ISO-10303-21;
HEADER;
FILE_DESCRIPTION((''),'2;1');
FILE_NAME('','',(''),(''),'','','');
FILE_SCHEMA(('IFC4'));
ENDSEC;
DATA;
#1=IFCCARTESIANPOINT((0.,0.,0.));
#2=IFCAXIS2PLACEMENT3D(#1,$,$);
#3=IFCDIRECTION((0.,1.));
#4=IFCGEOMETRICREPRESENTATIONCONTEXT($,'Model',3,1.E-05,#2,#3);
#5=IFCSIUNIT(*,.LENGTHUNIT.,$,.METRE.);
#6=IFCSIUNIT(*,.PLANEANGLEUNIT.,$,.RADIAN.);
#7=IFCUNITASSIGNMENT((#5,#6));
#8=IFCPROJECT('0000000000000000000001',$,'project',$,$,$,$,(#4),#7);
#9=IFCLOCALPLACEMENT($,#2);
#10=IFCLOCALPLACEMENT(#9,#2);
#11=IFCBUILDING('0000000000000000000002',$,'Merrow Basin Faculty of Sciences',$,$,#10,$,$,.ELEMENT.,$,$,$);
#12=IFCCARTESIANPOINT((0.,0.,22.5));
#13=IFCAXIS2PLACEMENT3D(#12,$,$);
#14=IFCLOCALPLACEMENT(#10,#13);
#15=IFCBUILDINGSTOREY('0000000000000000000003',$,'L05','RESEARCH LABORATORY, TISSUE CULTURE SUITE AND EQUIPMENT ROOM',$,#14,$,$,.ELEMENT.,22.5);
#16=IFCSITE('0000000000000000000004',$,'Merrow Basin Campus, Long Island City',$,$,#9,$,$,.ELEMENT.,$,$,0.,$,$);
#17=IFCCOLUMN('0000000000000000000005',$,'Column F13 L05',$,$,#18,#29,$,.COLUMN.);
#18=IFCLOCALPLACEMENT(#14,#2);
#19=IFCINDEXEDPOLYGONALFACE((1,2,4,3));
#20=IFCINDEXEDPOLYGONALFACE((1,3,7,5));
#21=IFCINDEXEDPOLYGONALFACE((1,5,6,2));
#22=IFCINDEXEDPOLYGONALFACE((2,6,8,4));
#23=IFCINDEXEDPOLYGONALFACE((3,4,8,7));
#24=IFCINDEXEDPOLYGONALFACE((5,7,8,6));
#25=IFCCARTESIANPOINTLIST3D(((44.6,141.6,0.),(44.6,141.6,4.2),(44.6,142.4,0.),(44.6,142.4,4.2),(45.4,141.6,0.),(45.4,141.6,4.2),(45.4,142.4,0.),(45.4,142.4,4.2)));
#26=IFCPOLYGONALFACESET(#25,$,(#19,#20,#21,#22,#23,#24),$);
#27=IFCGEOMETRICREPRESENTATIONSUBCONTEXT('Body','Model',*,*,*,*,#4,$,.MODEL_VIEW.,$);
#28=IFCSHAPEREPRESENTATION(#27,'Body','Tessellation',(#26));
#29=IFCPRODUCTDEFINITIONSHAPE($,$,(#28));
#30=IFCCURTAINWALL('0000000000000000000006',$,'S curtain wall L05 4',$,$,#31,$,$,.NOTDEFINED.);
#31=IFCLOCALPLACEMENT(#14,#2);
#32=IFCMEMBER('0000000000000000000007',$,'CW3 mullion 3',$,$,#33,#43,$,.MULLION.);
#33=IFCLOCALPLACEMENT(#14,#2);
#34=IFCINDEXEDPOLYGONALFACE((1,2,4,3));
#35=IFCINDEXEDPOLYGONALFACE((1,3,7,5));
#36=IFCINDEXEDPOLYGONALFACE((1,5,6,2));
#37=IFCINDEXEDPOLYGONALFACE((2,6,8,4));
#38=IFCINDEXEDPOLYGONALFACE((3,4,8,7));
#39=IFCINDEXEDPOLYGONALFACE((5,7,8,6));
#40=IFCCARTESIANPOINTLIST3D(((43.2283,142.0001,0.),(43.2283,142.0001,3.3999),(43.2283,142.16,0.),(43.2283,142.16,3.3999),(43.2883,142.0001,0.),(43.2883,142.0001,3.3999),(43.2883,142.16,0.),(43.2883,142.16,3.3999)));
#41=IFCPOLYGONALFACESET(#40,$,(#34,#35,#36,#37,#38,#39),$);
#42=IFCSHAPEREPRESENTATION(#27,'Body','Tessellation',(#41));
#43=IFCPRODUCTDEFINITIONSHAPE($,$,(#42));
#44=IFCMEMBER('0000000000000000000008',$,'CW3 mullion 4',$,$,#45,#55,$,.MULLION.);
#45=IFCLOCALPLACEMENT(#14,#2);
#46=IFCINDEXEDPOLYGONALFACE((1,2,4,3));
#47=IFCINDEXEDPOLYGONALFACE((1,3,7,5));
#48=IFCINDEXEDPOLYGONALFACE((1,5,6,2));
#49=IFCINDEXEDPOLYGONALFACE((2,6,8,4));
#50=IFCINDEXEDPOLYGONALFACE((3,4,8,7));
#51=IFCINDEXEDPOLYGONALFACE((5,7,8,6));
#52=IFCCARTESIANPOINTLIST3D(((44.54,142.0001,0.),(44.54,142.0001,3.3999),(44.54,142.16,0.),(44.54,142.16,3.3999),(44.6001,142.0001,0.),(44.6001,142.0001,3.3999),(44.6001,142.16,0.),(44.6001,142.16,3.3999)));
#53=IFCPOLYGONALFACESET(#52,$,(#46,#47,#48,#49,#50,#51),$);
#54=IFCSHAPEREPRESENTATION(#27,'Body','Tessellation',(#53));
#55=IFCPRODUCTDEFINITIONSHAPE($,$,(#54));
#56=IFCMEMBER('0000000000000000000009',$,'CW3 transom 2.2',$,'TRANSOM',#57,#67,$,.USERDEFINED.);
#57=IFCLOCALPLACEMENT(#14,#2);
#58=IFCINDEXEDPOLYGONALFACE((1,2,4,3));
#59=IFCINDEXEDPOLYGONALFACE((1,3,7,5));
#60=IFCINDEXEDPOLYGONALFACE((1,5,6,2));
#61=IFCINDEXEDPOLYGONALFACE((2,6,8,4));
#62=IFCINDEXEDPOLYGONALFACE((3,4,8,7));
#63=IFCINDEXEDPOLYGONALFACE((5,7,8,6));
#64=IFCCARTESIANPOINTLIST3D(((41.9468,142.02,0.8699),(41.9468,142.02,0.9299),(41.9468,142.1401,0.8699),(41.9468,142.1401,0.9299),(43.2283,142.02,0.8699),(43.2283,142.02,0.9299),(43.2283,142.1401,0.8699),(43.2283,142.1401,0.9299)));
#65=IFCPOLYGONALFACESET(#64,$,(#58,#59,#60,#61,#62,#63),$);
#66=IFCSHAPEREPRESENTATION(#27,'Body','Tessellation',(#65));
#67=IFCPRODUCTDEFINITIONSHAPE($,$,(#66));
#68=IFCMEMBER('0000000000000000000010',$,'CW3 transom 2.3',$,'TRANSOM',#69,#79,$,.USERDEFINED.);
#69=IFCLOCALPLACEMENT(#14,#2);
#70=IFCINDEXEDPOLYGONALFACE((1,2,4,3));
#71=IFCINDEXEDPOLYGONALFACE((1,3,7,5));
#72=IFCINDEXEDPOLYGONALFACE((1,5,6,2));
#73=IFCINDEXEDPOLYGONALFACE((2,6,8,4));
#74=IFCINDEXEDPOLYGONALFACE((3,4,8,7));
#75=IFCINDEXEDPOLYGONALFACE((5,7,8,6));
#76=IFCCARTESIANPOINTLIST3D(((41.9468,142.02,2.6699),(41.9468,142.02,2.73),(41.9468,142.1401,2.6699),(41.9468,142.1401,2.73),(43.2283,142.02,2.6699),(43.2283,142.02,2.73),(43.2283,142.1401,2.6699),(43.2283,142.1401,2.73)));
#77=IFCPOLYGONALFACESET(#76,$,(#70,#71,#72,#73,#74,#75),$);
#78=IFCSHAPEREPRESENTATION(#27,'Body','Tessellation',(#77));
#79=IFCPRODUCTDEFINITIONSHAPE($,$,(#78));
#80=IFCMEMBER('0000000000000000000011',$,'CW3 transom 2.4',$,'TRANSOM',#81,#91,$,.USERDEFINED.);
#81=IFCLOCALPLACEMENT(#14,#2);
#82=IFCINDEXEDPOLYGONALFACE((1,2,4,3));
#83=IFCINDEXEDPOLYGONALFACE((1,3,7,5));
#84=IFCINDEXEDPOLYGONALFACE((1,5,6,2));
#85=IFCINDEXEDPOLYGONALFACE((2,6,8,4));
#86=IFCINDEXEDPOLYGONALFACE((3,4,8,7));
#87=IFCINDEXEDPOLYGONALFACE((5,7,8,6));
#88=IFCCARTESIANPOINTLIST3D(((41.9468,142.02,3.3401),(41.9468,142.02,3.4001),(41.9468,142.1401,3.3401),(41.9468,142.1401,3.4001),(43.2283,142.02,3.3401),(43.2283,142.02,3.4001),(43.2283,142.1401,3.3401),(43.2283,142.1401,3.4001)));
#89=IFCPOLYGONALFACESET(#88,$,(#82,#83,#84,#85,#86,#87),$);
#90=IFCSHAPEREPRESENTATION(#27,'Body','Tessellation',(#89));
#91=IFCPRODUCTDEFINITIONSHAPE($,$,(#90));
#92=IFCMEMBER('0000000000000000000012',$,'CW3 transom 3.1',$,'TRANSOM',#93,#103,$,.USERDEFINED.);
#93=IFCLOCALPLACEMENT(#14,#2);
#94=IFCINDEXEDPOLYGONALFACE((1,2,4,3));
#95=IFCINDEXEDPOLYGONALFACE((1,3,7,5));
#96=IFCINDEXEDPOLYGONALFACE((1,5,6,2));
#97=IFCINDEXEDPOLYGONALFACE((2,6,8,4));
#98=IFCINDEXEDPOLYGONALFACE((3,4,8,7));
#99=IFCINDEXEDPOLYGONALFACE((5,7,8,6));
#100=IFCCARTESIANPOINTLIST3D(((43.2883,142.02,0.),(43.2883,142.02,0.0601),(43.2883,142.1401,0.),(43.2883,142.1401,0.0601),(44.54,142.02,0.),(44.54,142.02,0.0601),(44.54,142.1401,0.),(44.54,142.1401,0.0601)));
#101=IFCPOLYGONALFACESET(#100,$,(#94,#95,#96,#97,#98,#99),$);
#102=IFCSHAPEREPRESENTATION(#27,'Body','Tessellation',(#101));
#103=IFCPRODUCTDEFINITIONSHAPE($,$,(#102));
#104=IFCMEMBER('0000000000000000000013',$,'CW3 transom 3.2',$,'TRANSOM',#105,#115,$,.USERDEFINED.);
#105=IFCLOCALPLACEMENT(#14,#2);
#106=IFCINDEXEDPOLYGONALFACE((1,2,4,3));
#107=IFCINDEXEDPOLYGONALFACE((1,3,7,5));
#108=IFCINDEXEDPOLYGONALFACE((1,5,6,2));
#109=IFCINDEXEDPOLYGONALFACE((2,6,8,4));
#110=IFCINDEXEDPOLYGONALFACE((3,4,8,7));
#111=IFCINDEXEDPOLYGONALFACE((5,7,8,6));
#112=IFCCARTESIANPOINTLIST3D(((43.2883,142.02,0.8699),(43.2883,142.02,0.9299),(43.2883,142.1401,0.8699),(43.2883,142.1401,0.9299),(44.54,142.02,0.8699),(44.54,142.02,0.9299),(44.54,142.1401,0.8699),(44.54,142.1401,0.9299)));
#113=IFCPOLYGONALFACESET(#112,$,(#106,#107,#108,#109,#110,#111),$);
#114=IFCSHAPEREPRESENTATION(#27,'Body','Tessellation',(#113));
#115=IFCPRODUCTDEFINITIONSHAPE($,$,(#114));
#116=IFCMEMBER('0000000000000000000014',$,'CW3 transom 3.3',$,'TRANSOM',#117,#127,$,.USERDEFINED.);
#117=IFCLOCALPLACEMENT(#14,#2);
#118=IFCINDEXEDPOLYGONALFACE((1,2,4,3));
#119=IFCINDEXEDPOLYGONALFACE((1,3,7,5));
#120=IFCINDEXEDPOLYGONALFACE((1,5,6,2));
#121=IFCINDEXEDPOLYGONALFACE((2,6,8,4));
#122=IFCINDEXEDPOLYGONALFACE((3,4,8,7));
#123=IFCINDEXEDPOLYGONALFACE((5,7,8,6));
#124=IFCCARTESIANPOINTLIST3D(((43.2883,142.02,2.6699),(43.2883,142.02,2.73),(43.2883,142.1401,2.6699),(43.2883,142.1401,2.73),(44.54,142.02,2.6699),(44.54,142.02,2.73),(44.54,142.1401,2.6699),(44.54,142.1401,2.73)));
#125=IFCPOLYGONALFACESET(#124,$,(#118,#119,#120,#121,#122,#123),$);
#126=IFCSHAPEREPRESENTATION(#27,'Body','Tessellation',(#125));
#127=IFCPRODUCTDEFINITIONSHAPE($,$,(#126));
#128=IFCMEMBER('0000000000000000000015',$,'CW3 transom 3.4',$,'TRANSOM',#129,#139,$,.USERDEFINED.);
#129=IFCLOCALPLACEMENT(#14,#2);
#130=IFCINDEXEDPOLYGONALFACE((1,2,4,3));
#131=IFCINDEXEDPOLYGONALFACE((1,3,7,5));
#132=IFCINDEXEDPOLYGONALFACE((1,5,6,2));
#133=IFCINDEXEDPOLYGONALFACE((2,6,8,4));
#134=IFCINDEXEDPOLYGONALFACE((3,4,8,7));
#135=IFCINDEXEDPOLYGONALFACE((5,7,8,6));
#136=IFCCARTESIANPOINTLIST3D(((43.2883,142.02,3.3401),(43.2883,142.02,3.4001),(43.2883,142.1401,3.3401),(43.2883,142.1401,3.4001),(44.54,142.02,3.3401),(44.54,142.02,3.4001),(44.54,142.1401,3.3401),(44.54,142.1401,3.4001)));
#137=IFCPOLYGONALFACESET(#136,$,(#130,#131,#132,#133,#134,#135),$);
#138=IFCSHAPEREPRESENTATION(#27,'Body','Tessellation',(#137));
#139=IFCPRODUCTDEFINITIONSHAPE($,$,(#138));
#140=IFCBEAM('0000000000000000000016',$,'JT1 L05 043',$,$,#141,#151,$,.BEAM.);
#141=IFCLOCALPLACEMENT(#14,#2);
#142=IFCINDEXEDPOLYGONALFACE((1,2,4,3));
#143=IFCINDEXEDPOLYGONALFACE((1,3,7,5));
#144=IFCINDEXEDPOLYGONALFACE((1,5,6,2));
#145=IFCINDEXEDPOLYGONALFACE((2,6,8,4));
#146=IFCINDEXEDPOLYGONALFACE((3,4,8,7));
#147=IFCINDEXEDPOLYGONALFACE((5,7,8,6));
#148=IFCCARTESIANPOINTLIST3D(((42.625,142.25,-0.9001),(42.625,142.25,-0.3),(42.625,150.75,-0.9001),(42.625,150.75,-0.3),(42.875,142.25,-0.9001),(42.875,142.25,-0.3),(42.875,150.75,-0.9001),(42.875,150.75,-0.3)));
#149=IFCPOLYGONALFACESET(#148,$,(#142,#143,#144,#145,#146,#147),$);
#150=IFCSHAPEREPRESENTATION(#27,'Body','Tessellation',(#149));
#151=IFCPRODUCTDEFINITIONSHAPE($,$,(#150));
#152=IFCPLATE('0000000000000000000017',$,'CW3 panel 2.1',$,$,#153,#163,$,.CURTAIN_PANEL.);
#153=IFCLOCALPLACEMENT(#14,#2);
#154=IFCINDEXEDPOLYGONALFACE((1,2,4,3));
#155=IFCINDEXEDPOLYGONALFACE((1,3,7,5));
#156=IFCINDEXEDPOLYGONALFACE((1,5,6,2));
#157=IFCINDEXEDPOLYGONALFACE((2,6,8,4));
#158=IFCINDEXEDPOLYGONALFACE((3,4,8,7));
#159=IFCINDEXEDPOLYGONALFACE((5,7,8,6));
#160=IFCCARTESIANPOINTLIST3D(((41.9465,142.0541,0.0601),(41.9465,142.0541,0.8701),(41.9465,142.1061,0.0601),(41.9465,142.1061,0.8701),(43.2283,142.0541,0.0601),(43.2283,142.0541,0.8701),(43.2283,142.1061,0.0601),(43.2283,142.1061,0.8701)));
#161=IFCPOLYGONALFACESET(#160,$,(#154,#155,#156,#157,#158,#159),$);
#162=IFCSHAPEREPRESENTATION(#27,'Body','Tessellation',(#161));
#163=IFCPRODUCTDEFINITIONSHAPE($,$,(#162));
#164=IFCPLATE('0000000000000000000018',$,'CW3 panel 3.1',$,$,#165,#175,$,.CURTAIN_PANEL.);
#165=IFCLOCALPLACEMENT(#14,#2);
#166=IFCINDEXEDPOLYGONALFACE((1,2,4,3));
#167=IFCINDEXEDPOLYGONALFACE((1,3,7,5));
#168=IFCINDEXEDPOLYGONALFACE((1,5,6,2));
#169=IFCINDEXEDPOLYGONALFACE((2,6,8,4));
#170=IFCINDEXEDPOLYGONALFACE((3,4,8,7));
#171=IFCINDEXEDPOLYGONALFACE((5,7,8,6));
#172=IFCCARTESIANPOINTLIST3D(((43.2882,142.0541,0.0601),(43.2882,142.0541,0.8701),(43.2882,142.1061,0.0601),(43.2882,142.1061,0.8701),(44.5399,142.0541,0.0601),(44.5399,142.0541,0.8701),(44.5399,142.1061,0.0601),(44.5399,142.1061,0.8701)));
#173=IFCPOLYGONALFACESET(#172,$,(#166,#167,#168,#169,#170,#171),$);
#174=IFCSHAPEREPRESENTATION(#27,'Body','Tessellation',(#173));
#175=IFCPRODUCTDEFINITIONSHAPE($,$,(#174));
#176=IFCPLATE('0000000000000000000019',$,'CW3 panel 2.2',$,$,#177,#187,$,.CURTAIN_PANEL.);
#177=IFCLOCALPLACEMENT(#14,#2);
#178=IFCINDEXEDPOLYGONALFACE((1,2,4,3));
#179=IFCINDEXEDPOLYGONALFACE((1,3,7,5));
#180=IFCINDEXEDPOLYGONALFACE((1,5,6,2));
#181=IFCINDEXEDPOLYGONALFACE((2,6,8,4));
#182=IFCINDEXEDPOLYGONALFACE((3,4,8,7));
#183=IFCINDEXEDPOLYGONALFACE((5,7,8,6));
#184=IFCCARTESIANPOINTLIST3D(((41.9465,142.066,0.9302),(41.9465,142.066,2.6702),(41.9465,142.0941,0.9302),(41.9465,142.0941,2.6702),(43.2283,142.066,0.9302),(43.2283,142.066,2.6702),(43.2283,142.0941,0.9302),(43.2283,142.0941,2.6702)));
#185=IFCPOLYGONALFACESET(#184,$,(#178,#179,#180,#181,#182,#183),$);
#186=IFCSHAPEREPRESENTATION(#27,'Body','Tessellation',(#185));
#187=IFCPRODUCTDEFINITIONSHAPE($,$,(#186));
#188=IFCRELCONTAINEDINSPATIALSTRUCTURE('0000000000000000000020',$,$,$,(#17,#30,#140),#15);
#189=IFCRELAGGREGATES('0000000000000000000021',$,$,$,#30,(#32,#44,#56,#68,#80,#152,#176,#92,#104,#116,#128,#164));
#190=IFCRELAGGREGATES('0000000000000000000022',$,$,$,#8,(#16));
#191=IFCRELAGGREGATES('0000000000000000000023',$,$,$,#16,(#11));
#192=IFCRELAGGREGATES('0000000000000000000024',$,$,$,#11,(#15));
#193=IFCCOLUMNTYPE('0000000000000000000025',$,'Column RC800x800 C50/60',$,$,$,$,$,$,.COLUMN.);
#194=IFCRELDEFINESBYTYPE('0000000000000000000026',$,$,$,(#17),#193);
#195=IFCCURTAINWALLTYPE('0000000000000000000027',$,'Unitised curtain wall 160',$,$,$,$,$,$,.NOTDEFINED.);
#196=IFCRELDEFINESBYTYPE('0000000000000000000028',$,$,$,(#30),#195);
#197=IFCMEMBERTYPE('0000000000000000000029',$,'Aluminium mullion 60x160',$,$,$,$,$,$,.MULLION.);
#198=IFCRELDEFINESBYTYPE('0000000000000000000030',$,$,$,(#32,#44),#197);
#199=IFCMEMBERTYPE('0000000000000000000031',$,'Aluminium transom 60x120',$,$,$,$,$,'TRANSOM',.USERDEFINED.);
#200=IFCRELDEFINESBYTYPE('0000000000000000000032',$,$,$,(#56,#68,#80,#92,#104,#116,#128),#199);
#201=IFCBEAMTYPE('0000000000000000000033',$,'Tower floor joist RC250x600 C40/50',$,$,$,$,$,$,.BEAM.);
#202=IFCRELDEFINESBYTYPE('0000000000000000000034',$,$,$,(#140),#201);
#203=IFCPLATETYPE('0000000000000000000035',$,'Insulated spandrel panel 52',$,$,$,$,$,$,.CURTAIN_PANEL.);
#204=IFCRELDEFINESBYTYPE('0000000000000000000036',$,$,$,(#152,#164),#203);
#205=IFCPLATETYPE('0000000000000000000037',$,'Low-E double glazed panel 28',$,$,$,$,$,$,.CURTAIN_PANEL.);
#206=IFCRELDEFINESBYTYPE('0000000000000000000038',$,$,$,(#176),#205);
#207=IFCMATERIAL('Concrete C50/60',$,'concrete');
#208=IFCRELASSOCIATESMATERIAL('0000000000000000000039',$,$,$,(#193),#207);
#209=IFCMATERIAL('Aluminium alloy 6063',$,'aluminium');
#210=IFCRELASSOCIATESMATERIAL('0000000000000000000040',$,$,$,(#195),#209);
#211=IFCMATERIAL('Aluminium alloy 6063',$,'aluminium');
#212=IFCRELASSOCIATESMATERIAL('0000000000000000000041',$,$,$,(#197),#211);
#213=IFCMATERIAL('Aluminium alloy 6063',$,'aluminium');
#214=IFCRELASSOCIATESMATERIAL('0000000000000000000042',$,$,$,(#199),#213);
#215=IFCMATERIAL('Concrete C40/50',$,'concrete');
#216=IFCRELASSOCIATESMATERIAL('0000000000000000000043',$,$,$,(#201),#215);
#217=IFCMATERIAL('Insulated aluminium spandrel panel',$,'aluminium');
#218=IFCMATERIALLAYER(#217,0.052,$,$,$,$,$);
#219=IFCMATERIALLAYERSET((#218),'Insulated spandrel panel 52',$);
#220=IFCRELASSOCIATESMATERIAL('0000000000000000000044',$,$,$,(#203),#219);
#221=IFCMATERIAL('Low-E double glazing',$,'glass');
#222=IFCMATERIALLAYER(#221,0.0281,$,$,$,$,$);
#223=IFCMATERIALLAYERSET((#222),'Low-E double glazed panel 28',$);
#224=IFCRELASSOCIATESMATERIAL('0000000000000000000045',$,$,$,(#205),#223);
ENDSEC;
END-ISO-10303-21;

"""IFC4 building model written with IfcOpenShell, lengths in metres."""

from ifc_helpers import new_model, si_unit, direction, frame, origin, origin_2d, place, context, subcontext, project, spatial, rectangle, extrude, material, layer, layer_set, material_profile, profile_set, type_object, element, aggregate, save


model = new_model("IFC4")

# Units and contexts
model_context = context("Model", 3, precision=1e-05, world=origin(), true_north=direction((0.0, 1.0)))
body_context = subcontext(model_context, "Body", "Model", "MODEL_VIEW")
ifc_project = project(units=[si_unit("LENGTHUNIT", "METRE"), si_unit("PLANEANGLEUNIT", "RADIAN")], contexts=[model_context])

# Site, building, storey
site_placement = place(None, origin())
site = spatial("IfcSite", under=ifc_project, at=site_placement, Name="Merrow Basin Campus, Long Island City", CompositionType="ELEMENT", RefElevation=0.0)
building_placement = place(site_placement, origin())
building = spatial("IfcBuilding", under=site, at=building_placement, Name="Merrow Basin Faculty of Sciences", CompositionType="ELEMENT")
storey_placement = place(building_placement, frame((0.0, 0.0, 22.5)))
storey = spatial("IfcBuildingStorey", under=building, at=storey_placement, Name="L05", Description="RESEARCH LABORATORY, TISSUE CULTURE SUITE AND EQUIPMENT ROOM", CompositionType="ELEMENT", Elevation=22.5)

# Column
ifc_material_1 = material(Name="Concrete C50/60", Category="concrete")
ifc_material_profile_1 = material_profile(ifc_material_1, rectangle(XDim=0.8, YDim=0.8, at=origin_2d()))
ifc_profile_set_1 = profile_set([ifc_material_profile_1], Name="Concrete C50/60")
column_type = type_object("IfcColumnType", Name="Column RC800x800 C50/60", PredefinedType="COLUMN", material=ifc_profile_set_1)
column_placement = place(storey_placement, frame((45.0, 142.0, 0.0), z_axis=(0.0, 0.0, 1.0), x_axis=(1.0, 0.0, 0.0)))
element("IfcColumn", 1, at=column_placement, inside=storey, type_object=column_type, Name="Column F13 L05", PredefinedType="COLUMN", context=body_context, shape_type="SweptSolid", body=[
    extrude(rectangle(XDim=0.8, YDim=0.8, at=origin_2d()), origin(), (0.0, 0.0, 1.0), 4.2),
])

# Curtain wall, members
ifc_material_2 = material(Name="Aluminium alloy 6063", Category="aluminium")
curtain_wall_type = type_object("IfcCurtainWallType", Name="Unitised curtain wall 160", PredefinedType="NOTDEFINED", material=ifc_material_2)
curtain_wall_placement = place(storey_placement, origin())
curtain_wall = element("IfcCurtainWall", 2, at=curtain_wall_placement, inside=storey, type_object=curtain_wall_type, Name="S curtain wall L05 4", PredefinedType="NOTDEFINED")
ifc_material_3 = material(Name="Aluminium alloy 6063", Category="aluminium")
ifc_material_profile_2 = material_profile(ifc_material_3, rectangle(XDim=0.1599, YDim=0.0601, at=origin_2d()))
ifc_profile_set_2 = profile_set([ifc_material_profile_2], Name="Aluminium alloy 6063")
member_type_1 = type_object("IfcMemberType", Name="Aluminium mullion 60x160", PredefinedType="MULLION", material=ifc_profile_set_2)
member_1_placement = place(storey_placement, frame((43.2583, 142.0801, 0.0), z_axis=(0.0, 0.0, 1.0), x_axis=(0.0, 1.0, 0.0)))
member_1 = element("IfcMember", 3, at=member_1_placement, type_object=member_type_1, Name="CW3 mullion 3", PredefinedType="MULLION", context=body_context, shape_type="SweptSolid", body=[
    extrude(rectangle(XDim=0.1599, YDim=0.0601, at=origin_2d()), origin(), (0.0, 0.0, 1.0), 3.3999),
])
member_2_placement = place(storey_placement, frame((44.5701, 142.0801, 0.0), z_axis=(0.0, 0.0, 1.0), x_axis=(0.0, 1.0, 0.0)))
member_2 = element("IfcMember", 4, at=member_2_placement, type_object=member_type_1, Name="CW3 mullion 4", PredefinedType="MULLION", context=body_context, shape_type="SweptSolid", body=[
    extrude(rectangle(XDim=0.1599, YDim=0.0601, at=origin_2d()), origin(), (0.0, 0.0, 1.0), 3.3999),
])
ifc_material_4 = material(Name="Aluminium alloy 6063", Category="aluminium")
ifc_material_profile_3 = material_profile(ifc_material_4, rectangle(XDim=0.1201, YDim=0.0601, at=origin_2d()))
ifc_profile_set_3 = profile_set([ifc_material_profile_3], Name="Aluminium alloy 6063")
member_type_2 = type_object("IfcMemberType", Name="Aluminium transom 60x120", ElementType="TRANSOM", PredefinedType="USERDEFINED", material=ifc_profile_set_3)
member_3_placement = place(storey_placement, frame((41.9468, 142.0801, 0.8999), z_axis=(1.0, 0.0, 0.0), x_axis=(0.0, 1.0, 0.0)))
member_3 = element("IfcMember", 5, at=member_3_placement, type_object=member_type_2, Name="CW3 transom 2.2", ObjectType="TRANSOM", PredefinedType="USERDEFINED", context=body_context, shape_type="SweptSolid", body=[
    extrude(rectangle(XDim=0.1201, YDim=0.0601, at=origin_2d()), origin(), (0.0, 0.0, 1.0), 1.2815),
])
member_4_placement = place(storey_placement, frame((41.9468, 142.0801, 2.7), z_axis=(1.0, 0.0, 0.0), x_axis=(0.0, 1.0, 0.0)))
member_4 = element("IfcMember", 6, at=member_4_placement, type_object=member_type_2, Name="CW3 transom 2.3", ObjectType="TRANSOM", PredefinedType="USERDEFINED", context=body_context, shape_type="SweptSolid", body=[
    extrude(rectangle(XDim=0.1201, YDim=0.0601, at=origin_2d()), origin(), (0.0, 0.0, 1.0), 1.2815),
])
member_5_placement = place(storey_placement, frame((41.9468, 142.0801, 3.3701), z_axis=(1.0, 0.0, 0.0), x_axis=(0.0, 1.0, 0.0)))
member_5 = element("IfcMember", 7, at=member_5_placement, type_object=member_type_2, Name="CW3 transom 2.4", ObjectType="TRANSOM", PredefinedType="USERDEFINED", context=body_context, shape_type="SweptSolid", body=[
    extrude(rectangle(XDim=0.1201, YDim=0.0601, at=origin_2d()), origin(), (0.0, 0.0, 1.0), 1.2815),
])
member_6_placement = place(storey_placement, frame((43.2883, 142.0801, 0.03), z_axis=(1.0, 0.0, 0.0), x_axis=(0.0, 1.0, 0.0)))
member_6 = element("IfcMember", 8, at=member_6_placement, type_object=member_type_2, Name="CW3 transom 3.1", ObjectType="TRANSOM", PredefinedType="USERDEFINED", context=body_context, shape_type="SweptSolid", body=[
    extrude(rectangle(XDim=0.1201, YDim=0.0601, at=origin_2d()), origin(), (0.0, 0.0, 1.0), 1.2517),
])
member_7_placement = place(storey_placement, frame((43.2883, 142.0801, 0.8999), z_axis=(1.0, 0.0, 0.0), x_axis=(0.0, 1.0, 0.0)))
member_7 = element("IfcMember", 9, at=member_7_placement, type_object=member_type_2, Name="CW3 transom 3.2", ObjectType="TRANSOM", PredefinedType="USERDEFINED", context=body_context, shape_type="SweptSolid", body=[
    extrude(rectangle(XDim=0.1201, YDim=0.0601, at=origin_2d()), origin(), (0.0, 0.0, 1.0), 1.2517),
])
member_8_placement = place(storey_placement, frame((43.2883, 142.0801, 2.7), z_axis=(1.0, 0.0, 0.0), x_axis=(0.0, 1.0, 0.0)))
member_8 = element("IfcMember", 10, at=member_8_placement, type_object=member_type_2, Name="CW3 transom 3.3", ObjectType="TRANSOM", PredefinedType="USERDEFINED", context=body_context, shape_type="SweptSolid", body=[
    extrude(rectangle(XDim=0.1201, YDim=0.0601, at=origin_2d()), origin(), (0.0, 0.0, 1.0), 1.2517),
])
member_9_placement = place(storey_placement, frame((43.2883, 142.0801, 3.3701), z_axis=(1.0, 0.0, 0.0), x_axis=(0.0, 1.0, 0.0)))
member_9 = element("IfcMember", 11, at=member_9_placement, type_object=member_type_2, Name="CW3 transom 3.4", ObjectType="TRANSOM", PredefinedType="USERDEFINED", context=body_context, shape_type="SweptSolid", body=[
    extrude(rectangle(XDim=0.1201, YDim=0.0601, at=origin_2d()), origin(), (0.0, 0.0, 1.0), 1.2517),
])

# Beam
ifc_material_5 = material(Name="Concrete C40/50", Category="concrete")
ifc_material_profile_4 = material_profile(ifc_material_5, rectangle(XDim=0.25, YDim=0.6001, at=origin_2d()))
ifc_profile_set_4 = profile_set([ifc_material_profile_4], Name="Concrete C40/50")
beam_type = type_object("IfcBeamType", Name="Tower floor joist RC250x600 C40/50", PredefinedType="BEAM", material=ifc_profile_set_4)
beam_placement = place(storey_placement, frame((42.75, 142.25, -0.6001), z_axis=(0.0, 1.0, 0.0), x_axis=(-1.0, 0.0, 0.0)))
element("IfcBeam", 12, at=beam_placement, inside=storey, type_object=beam_type, Name="JT1 L05 043", PredefinedType="BEAM", context=body_context, shape_type="SweptSolid", body=[
    extrude(rectangle(XDim=0.25, YDim=0.6001, at=origin_2d()), origin(), (0.0, 0.0, 1.0), 8.5),
])

# Plates
ifc_material_6 = material(Name="Insulated aluminium spandrel panel", Category="aluminium")
ifc_layer_1 = layer(ifc_material_6, 0.052)
ifc_layer_set_1 = layer_set([ifc_layer_1], Name="Insulated spandrel panel 52")
plate_type_1 = type_object("IfcPlateType", Name="Insulated spandrel panel 52", PredefinedType="CURTAIN_PANEL", material=ifc_layer_set_1)
plate_1_placement = place(storey_placement, frame((42.5874, 142.0801, 0.0601), z_axis=(0.0, 0.0, 1.0), x_axis=(1.0, 0.0, 0.0)))
plate_1 = element("IfcPlate", 13, at=plate_1_placement, type_object=plate_type_1, Name="CW3 panel 2.1", PredefinedType="CURTAIN_PANEL", context=body_context, shape_type="SweptSolid", body=[
    extrude(rectangle(XDim=1.2817, YDim=0.052, at=origin_2d()), origin(), (0.0, 0.0, 1.0), 0.8101),
])
plate_2_placement = place(storey_placement, frame((43.9141, 142.0801, 0.0601), z_axis=(0.0, 0.0, 1.0), x_axis=(1.0, 0.0, 0.0)))
plate_2 = element("IfcPlate", 14, at=plate_2_placement, type_object=plate_type_1, Name="CW3 panel 3.1", PredefinedType="CURTAIN_PANEL", context=body_context, shape_type="SweptSolid", body=[
    extrude(rectangle(XDim=1.2517, YDim=0.052, at=origin_2d()), origin(), (0.0, 0.0, 1.0), 0.8101),
])
ifc_material_7 = material(Name="Low-E double glazing", Category="glass")
ifc_layer_2 = layer(ifc_material_7, 0.0281)
ifc_layer_set_2 = layer_set([ifc_layer_2], Name="Low-E double glazed panel 28")
plate_type_2 = type_object("IfcPlateType", Name="Low-E double glazed panel 28", PredefinedType="CURTAIN_PANEL", material=ifc_layer_set_2)
plate_3_placement = place(storey_placement, frame((42.5874, 142.0801, 0.9302), z_axis=(0.0, 0.0, 1.0), x_axis=(1.0, 0.0, 0.0)))
plate_3 = element("IfcPlate", 15, at=plate_3_placement, type_object=plate_type_2, Name="CW3 panel 2.2", PredefinedType="CURTAIN_PANEL", context=body_context, shape_type="SweptSolid", body=[
    extrude(rectangle(XDim=1.2817, YDim=0.0281, at=origin_2d()), origin(), (0.0, 0.0, 1.0), 1.74),
])
aggregate(curtain_wall, [member_1, member_2, member_3, member_4, member_5, plate_1, plate_3, member_6, member_7, member_8, member_9, plate_2])

save(model, "model.ifc")
